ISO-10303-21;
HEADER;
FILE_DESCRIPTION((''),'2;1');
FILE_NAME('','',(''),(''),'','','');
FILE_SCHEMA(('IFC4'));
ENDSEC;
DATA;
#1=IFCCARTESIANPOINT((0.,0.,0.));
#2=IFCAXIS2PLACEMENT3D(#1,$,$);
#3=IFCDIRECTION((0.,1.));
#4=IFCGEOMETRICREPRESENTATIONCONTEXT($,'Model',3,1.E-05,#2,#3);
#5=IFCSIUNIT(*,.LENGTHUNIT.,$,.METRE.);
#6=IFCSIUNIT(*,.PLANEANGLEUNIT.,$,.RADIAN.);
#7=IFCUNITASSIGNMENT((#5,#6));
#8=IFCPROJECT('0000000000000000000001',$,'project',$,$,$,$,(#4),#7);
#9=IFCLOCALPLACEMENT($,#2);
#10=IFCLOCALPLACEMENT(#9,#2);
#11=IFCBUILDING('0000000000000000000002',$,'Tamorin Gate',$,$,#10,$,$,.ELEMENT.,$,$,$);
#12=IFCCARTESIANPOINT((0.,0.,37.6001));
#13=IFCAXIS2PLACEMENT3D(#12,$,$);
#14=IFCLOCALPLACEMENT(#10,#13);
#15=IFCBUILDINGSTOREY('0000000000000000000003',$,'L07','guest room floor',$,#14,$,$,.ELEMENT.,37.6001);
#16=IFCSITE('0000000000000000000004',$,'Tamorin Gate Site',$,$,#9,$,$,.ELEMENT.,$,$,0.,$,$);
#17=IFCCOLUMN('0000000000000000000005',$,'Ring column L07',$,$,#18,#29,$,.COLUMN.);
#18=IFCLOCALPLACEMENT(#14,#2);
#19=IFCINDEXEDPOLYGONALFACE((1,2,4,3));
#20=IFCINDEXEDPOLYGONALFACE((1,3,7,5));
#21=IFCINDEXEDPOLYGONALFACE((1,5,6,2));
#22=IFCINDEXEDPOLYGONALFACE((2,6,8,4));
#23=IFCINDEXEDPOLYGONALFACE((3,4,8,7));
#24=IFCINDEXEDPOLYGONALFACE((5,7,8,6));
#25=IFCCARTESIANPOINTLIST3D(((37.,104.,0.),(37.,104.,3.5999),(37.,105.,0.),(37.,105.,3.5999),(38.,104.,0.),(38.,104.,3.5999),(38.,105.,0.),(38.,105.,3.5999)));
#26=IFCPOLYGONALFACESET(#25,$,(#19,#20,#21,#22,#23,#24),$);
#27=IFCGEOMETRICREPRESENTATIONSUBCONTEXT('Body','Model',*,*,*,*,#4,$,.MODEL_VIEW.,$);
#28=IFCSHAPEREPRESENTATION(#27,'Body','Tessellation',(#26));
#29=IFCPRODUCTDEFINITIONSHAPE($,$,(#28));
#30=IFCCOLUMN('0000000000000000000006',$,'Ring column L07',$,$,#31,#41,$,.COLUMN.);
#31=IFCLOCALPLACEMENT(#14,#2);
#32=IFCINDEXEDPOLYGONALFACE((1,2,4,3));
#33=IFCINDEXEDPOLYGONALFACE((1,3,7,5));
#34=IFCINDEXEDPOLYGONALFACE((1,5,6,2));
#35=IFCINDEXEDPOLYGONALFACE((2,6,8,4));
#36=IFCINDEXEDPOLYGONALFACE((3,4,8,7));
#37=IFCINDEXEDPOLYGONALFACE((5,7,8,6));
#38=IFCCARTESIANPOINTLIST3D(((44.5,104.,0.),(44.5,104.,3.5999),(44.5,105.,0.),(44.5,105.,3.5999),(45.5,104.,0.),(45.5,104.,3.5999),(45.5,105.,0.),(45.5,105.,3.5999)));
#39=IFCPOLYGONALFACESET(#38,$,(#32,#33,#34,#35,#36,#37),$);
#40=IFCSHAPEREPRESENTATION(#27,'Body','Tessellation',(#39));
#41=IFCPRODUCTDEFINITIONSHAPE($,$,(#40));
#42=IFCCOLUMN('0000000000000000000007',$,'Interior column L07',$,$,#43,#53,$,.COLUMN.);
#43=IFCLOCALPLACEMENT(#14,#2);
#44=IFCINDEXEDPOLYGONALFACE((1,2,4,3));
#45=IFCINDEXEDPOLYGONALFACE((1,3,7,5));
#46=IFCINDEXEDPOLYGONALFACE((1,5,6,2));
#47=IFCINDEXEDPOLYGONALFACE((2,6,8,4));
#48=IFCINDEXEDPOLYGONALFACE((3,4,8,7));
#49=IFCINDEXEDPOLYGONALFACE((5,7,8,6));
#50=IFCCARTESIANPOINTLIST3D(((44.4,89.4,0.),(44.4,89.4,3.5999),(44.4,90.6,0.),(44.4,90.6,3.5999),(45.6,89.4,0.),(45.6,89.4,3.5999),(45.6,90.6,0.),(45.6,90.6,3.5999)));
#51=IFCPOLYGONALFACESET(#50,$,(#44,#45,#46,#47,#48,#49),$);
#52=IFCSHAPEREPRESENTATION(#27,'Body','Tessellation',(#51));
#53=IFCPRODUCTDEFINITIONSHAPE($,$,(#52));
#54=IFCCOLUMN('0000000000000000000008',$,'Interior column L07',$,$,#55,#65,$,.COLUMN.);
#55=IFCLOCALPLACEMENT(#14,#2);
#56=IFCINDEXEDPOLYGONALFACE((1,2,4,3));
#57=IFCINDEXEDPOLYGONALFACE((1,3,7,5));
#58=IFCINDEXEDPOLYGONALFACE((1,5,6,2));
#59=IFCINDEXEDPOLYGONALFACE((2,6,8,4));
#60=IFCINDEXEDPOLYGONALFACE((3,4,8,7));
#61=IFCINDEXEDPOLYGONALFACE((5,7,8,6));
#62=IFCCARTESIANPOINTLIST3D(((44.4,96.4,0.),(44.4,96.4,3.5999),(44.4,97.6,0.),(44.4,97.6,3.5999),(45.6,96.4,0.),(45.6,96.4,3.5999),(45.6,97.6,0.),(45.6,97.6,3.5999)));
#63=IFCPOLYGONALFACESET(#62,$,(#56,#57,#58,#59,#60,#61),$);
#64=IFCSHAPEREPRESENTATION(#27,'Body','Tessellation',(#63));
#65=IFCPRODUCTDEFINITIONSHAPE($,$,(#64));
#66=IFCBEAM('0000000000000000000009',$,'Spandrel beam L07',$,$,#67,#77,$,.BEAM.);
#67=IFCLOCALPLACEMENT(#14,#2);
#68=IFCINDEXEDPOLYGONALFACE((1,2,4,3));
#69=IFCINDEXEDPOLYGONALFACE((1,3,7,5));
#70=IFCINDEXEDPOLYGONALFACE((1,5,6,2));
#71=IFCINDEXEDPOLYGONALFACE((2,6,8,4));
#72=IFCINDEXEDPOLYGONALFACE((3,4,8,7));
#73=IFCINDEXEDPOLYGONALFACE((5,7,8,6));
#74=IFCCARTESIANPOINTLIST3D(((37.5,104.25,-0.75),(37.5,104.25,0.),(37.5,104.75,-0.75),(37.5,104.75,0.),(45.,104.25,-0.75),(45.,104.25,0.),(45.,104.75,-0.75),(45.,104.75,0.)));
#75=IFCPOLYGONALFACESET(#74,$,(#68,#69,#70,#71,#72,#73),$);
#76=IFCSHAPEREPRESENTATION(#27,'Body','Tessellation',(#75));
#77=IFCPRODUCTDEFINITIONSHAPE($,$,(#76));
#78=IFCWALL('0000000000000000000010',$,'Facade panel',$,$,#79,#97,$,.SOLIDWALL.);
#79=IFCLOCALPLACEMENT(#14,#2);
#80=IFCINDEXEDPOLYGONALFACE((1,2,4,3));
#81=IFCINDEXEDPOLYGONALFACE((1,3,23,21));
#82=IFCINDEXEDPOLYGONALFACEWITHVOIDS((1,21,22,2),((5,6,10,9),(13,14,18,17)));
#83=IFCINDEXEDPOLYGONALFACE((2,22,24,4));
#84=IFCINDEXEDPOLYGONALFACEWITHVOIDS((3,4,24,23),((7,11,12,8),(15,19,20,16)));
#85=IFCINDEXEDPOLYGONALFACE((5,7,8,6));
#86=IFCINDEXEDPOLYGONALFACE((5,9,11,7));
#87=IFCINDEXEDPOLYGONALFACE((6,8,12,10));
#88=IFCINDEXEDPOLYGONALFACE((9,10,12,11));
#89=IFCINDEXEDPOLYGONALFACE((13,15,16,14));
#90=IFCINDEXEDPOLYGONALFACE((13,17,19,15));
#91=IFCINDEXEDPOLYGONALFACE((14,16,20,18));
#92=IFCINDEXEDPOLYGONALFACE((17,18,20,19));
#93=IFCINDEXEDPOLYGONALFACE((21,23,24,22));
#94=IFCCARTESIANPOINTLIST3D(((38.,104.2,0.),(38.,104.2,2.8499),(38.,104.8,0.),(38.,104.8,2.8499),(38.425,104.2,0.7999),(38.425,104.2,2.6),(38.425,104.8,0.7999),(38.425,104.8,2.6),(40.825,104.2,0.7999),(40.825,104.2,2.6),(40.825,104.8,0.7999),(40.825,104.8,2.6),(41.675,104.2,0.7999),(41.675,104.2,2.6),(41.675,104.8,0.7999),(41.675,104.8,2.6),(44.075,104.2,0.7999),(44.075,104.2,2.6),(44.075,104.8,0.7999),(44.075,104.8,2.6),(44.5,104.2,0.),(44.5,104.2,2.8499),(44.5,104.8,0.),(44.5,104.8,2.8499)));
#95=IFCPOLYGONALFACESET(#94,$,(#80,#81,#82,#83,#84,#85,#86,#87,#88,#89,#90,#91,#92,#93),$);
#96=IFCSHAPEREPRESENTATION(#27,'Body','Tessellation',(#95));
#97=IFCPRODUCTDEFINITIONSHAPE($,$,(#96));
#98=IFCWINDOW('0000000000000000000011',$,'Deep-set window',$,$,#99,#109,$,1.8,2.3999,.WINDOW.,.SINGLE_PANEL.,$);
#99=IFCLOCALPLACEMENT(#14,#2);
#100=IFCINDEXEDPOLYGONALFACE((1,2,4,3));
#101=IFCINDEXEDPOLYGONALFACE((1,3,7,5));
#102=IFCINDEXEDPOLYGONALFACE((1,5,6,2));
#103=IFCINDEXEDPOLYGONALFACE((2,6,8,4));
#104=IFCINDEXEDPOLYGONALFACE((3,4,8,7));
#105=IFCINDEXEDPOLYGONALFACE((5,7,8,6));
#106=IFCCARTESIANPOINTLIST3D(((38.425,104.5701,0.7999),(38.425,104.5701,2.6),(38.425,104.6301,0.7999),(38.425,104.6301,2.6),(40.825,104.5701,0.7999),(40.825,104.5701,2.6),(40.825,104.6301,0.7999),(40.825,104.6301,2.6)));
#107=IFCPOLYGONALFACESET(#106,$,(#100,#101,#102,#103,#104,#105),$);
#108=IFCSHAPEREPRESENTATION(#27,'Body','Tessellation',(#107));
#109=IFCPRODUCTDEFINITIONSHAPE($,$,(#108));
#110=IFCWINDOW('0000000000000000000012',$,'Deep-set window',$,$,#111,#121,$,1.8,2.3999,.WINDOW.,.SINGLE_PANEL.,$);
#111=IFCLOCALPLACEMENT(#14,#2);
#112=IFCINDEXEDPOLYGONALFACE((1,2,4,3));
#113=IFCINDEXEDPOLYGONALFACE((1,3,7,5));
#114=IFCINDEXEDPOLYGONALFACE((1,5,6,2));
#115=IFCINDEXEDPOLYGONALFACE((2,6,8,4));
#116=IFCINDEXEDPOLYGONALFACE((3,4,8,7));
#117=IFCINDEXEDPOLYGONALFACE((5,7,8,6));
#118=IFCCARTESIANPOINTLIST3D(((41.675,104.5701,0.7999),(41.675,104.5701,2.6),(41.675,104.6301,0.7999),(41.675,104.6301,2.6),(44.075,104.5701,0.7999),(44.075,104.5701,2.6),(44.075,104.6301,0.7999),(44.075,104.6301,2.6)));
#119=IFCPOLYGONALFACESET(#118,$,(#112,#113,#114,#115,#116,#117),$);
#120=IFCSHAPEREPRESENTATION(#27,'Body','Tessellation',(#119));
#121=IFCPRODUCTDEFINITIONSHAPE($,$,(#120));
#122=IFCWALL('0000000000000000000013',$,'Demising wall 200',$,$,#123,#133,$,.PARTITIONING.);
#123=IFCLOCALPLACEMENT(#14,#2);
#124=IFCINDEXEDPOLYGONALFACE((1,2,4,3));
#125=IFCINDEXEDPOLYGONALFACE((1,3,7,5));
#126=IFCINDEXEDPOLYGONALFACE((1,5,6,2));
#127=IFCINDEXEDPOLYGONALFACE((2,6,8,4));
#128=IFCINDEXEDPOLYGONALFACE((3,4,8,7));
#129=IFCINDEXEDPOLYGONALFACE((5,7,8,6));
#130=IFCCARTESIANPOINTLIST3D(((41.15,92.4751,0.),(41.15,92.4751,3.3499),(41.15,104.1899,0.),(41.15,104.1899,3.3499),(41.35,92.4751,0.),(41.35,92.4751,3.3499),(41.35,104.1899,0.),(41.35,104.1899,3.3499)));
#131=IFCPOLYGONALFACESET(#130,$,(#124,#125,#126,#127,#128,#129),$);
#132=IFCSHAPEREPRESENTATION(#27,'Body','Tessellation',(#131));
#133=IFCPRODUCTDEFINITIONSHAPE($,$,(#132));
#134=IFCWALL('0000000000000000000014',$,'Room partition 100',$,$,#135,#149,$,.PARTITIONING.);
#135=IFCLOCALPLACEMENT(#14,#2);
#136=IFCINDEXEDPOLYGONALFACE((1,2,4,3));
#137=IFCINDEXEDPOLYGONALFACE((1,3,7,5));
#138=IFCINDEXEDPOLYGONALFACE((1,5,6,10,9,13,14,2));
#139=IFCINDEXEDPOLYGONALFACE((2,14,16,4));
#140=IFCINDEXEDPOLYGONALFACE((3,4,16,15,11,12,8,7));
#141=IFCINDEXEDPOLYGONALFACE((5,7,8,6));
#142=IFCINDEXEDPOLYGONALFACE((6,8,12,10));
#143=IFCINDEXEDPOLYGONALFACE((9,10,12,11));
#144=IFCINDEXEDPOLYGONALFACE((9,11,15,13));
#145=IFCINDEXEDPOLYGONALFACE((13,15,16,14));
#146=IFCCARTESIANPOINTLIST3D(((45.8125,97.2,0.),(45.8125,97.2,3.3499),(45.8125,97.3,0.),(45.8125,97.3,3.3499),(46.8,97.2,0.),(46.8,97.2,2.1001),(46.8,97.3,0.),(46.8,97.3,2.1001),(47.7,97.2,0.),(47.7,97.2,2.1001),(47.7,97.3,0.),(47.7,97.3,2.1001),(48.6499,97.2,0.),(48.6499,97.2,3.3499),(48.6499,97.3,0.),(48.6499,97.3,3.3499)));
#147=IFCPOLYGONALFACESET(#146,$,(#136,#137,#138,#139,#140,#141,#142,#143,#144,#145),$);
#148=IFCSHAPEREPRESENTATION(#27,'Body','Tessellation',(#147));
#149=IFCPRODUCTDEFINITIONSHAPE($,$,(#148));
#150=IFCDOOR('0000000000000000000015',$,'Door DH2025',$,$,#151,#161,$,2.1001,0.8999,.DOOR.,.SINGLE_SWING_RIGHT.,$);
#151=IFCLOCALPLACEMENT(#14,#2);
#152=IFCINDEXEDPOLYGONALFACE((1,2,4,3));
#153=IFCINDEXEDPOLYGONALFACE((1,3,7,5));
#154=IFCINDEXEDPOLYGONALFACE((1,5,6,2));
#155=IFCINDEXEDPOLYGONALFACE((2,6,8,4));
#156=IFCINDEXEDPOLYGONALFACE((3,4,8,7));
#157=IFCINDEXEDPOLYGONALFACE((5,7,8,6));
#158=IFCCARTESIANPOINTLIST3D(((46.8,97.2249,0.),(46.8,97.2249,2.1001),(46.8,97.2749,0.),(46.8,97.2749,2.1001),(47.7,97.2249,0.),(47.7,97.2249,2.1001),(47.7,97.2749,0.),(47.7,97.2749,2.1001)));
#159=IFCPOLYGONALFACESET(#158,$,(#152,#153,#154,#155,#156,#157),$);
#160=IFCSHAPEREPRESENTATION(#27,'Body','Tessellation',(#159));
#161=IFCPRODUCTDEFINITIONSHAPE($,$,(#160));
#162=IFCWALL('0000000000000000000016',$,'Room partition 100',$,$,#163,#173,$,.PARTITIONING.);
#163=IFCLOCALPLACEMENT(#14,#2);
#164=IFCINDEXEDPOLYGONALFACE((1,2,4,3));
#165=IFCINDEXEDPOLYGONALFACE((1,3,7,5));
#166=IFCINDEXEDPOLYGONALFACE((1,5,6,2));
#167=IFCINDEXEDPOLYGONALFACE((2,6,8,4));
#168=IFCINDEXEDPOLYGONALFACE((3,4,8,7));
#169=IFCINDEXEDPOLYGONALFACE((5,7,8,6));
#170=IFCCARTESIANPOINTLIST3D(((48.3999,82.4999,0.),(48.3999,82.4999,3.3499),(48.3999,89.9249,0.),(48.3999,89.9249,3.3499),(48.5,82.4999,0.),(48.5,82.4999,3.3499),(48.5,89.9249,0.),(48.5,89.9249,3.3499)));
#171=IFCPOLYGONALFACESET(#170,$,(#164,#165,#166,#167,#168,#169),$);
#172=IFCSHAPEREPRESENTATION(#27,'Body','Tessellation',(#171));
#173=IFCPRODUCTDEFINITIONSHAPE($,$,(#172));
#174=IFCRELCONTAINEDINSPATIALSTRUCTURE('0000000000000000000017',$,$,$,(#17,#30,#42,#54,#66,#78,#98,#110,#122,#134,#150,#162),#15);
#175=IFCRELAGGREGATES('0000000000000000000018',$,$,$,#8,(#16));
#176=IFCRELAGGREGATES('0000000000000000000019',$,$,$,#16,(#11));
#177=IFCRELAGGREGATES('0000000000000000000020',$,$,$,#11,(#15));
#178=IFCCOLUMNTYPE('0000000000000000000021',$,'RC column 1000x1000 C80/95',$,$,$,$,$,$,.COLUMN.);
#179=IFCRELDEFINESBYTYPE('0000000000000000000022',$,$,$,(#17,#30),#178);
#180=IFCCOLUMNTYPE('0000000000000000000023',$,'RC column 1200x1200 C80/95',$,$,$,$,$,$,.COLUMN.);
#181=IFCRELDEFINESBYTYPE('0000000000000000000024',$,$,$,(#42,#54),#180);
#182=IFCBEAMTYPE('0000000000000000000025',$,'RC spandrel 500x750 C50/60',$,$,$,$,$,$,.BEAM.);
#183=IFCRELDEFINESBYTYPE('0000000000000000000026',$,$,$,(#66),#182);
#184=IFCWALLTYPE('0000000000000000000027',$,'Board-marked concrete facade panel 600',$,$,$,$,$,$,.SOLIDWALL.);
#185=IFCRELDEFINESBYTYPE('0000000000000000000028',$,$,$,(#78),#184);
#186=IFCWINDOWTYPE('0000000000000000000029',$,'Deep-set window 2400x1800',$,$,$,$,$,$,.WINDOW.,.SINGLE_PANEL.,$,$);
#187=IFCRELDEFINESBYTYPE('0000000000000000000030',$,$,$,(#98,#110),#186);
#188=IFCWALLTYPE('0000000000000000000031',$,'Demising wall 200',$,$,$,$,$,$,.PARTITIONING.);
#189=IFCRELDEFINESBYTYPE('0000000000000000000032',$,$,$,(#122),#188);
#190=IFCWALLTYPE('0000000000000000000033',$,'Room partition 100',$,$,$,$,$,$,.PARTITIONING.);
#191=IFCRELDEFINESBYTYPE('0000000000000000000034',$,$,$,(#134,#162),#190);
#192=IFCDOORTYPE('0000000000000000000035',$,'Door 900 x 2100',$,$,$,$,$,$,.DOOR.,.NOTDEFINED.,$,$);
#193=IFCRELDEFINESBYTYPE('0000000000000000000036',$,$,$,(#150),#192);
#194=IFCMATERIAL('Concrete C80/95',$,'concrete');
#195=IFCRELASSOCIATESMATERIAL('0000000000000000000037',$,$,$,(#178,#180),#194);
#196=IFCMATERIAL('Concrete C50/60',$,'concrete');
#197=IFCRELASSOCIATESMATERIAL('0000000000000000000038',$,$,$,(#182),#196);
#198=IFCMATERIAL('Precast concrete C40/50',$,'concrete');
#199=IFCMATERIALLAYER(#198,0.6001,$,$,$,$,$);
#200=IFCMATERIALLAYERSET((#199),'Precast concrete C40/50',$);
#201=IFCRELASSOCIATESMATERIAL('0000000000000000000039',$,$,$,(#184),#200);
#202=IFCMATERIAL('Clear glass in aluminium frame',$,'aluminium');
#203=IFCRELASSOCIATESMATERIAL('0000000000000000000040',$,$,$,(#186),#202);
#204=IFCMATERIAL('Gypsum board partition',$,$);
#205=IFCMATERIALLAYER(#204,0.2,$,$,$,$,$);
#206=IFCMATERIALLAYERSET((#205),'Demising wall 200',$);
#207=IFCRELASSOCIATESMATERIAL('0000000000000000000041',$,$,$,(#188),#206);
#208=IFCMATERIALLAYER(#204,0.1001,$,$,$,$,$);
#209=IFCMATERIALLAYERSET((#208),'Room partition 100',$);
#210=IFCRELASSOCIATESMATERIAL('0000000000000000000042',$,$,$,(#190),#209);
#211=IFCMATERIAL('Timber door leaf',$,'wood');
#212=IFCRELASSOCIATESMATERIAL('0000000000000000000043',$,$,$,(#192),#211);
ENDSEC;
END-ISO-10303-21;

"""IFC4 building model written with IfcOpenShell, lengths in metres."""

from ifc_helpers import new_model, si_unit, direction, frame, frame_2d, origin, origin_2d, place, context, subcontext, project, spatial, rectangle, extrude, material, layer, layer_set, material_profile, profile_set, type_object, element, fill, save


model = new_model("IFC4")

# Units and contexts
model_context = context("Model", 3, precision=1e-05, world=origin(), true_north=direction((0.0, 1.0)))
body_context = subcontext(model_context, "Body", "Model", "MODEL_VIEW")
ifc_project = project(units=[si_unit("LENGTHUNIT", "METRE"), si_unit("PLANEANGLEUNIT", "RADIAN")], contexts=[model_context])

# Site, building, storey
site_placement = place(None, origin())
site = spatial("IfcSite", under=ifc_project, at=site_placement, Name="Tamorin Gate Site", CompositionType="ELEMENT", RefElevation=0.0)
building_placement = place(site_placement, origin())
building = spatial("IfcBuilding", under=site, at=building_placement, Name="Tamorin Gate", CompositionType="ELEMENT")
storey_placement = place(building_placement, frame((0.0, 0.0, 37.6001)))
storey = spatial("IfcBuildingStorey", under=building, at=storey_placement, Name="L07", Description="guest room floor", CompositionType="ELEMENT", Elevation=37.6001)

# Columns
ifc_material_1 = material(Name="Concrete C80/95", Category="concrete")
ifc_material_profile_1 = material_profile(ifc_material_1, rectangle(XDim=1.0, YDim=1.0, at=origin_2d()), Name="RC 1000x1000")
ifc_profile_set_1 = profile_set([ifc_material_profile_1], Name="Concrete C80/95")
column_type_1 = type_object("IfcColumnType", Name="RC column 1000x1000 C80/95", PredefinedType="COLUMN", material=ifc_profile_set_1)
for number, where, z_axis, x_axis, name in (
    (1, (37.5, 104.5, 0.0), (0.0, 0.0, 1.0), (1.0, 0.0, 0.0), "Ring column L07"),
    (2, (45.0, 104.5, 0.0), (0.0, 0.0, 1.0), (1.0, 0.0, 0.0), "Ring column L07"),
):
    element("IfcColumn", number, at=place(storey_placement, frame(where, z_axis=z_axis, x_axis=x_axis)), inside=storey, type_object=column_type_1, Name=name, PredefinedType="COLUMN", context=body_context, shape_type="SweptSolid", body=[
        extrude(rectangle(XDim=1.0, YDim=1.0, at=origin_2d()), origin(), (0.0, 0.0, 1.0), 3.5999),
    ])
ifc_material_profile_2 = material_profile(ifc_material_1, rectangle(XDim=1.2, YDim=1.2, at=origin_2d()), Name="RC 1200x1200")
ifc_profile_set_2 = profile_set([ifc_material_profile_2], Name="Concrete C80/95")
column_type_2 = type_object("IfcColumnType", Name="RC column 1200x1200 C80/95", PredefinedType="COLUMN", material=ifc_profile_set_2)
for number, where, z_axis, x_axis, name in (
    (3, (45.0, 90.0, 0.0), (0.0, 0.0, 1.0), (1.0, 0.0, 0.0), "Interior column L07"),
    (4, (45.0, 97.0, 0.0), (0.0, 0.0, 1.0), (1.0, 0.0, 0.0), "Interior column L07"),
):
    element("IfcColumn", number, at=place(storey_placement, frame(where, z_axis=z_axis, x_axis=x_axis)), inside=storey, type_object=column_type_2, Name=name, PredefinedType="COLUMN", context=body_context, shape_type="SweptSolid", body=[
        extrude(rectangle(XDim=1.2, YDim=1.2, at=origin_2d()), origin(), (0.0, 0.0, 1.0), 3.5999),
    ])

# Beam
ifc_material_2 = material(Name="Concrete C50/60", Category="concrete")
ifc_material_profile_3 = material_profile(ifc_material_2, rectangle(XDim=0.5, YDim=0.75, at=origin_2d()), Name="RC 500x750")
ifc_profile_set_3 = profile_set([ifc_material_profile_3], Name="Concrete C50/60")
beam_type = type_object("IfcBeamType", Name="RC spandrel 500x750 C50/60", PredefinedType="BEAM", material=ifc_profile_set_3)
beam_placement = place(storey_placement, frame((45.0, 104.5, -0.375), z_axis=(-1.0, 0.0, 0.0), x_axis=(0.0, -1.0, 0.0)))
element("IfcBeam", 5, at=beam_placement, inside=storey, type_object=beam_type, Name="Spandrel beam L07", PredefinedType="BEAM", context=body_context, shape_type="SweptSolid", body=[
    extrude(rectangle(XDim=0.5, YDim=0.75, at=origin_2d()), origin(), (0.0, 0.0, 1.0), 7.5),
])

# Wall, openings, windows
ifc_material_3 = material(Name="Precast concrete C40/50", Category="concrete")
ifc_layer_1 = layer(ifc_material_3, 0.6001)
ifc_layer_set_1 = layer_set([ifc_layer_1], Name="Precast concrete C40/50")
wall_type_1 = type_object("IfcWallType", Name="Board-marked concrete facade panel 600", PredefinedType="SOLIDWALL", material=ifc_layer_set_1)
wall_1_placement = place(storey_placement, frame((44.5, 104.5, 0.0), z_axis=(0.0, 0.0, 1.0), x_axis=(-1.0, 0.0, 0.0)))
wall_1 = element("IfcWall", 6, at=wall_1_placement, inside=storey, type_object=wall_type_1, Name="Facade panel", PredefinedType="SOLIDWALL", context=body_context, shape_type="SweptSolid", body=[
    extrude(rectangle(XDim=6.5, YDim=0.6001, at=frame_2d((3.25, 0.0))), origin(), (0.0, 0.0, 1.0), 2.8499),
])
opening_1_placement = place(wall_1_placement, frame((3.675, 0.0, 0.8)))
opening_1 = element("IfcOpeningElement", 7, at=opening_1_placement, cuts=wall_1, PredefinedType="OPENING", context=body_context, shape_type="SweptSolid", body=[
    extrude(rectangle(XDim=2.3999, YDim=1.8, at=frame_2d((1.2, 0.8999))), frame((0.0, 0.3101, 0.0), z_axis=(0.0, -1.0, 0.0), x_axis=(1.0, 0.0, 0.0)), (0.0, 0.0, 1.0), 0.6201),
])
opening_2_placement = place(wall_1_placement, frame((0.425, 0.0, 0.8)))
opening_2 = element("IfcOpeningElement", 8, at=opening_2_placement, cuts=wall_1, PredefinedType="OPENING", context=body_context, shape_type="SweptSolid", body=[
    extrude(rectangle(XDim=2.3999, YDim=1.8, at=frame_2d((1.2, 0.8999))), frame((0.0, 0.3101, 0.0), z_axis=(0.0, -1.0, 0.0), x_axis=(1.0, 0.0, 0.0)), (0.0, 0.0, 1.0), 0.6201),
])
ifc_material_4 = material(Name="Clear glass in aluminium frame", Category="aluminium")
window_type = type_object("IfcWindowType", Name="Deep-set window 2400x1800", PartitioningType="SINGLE_PANEL", PredefinedType="WINDOW", material=ifc_material_4)
window_1_placement = place(opening_1_placement, origin())
window_1 = element("IfcWindow", 9, at=window_1_placement, inside=storey, type_object=window_type, Name="Deep-set window", OverallHeight=1.8, OverallWidth=2.3999, PartitioningType="SINGLE_PANEL", PredefinedType="WINDOW", context=body_context, shape_type="SweptSolid", body=[
    extrude(rectangle(XDim=2.3999, YDim=1.8, at=frame_2d((1.2, 0.8999))), frame((0.0, -0.0701, 0.0), z_axis=(0.0, -1.0, 0.0), x_axis=(1.0, 0.0, 0.0)), (0.0, 0.0, 1.0), 0.0601),
])
fill(opening_1, window_1)
window_2_placement = place(opening_2_placement, origin())
window_2 = element("IfcWindow", 10, at=window_2_placement, inside=storey, type_object=window_type, Name="Deep-set window", OverallHeight=1.8, OverallWidth=2.3999, PartitioningType="SINGLE_PANEL", PredefinedType="WINDOW", context=body_context, shape_type="SweptSolid", body=[
    extrude(rectangle(XDim=2.3999, YDim=1.8, at=frame_2d((1.2, 0.8999))), frame((0.0, -0.0701, 0.0), z_axis=(0.0, -1.0, 0.0), x_axis=(1.0, 0.0, 0.0)), (0.0, 0.0, 1.0), 0.0601),
])
fill(opening_2, window_2)

# Wall
ifc_material_5 = material(Name="Gypsum board partition")
ifc_layer_2 = layer(ifc_material_5, 0.2)
ifc_layer_set_2 = layer_set([ifc_layer_2], Name="Demising wall 200")
wall_type_2 = type_object("IfcWallType", Name="Demising wall 200", PredefinedType="PARTITIONING", material=ifc_layer_set_2)
wall_2_placement = place(storey_placement, frame((41.25, 92.4751, 0.0), z_axis=(0.0, 0.0, 1.0), x_axis=(0.0, 1.0, 0.0)))
element("IfcWall", 11, at=wall_2_placement, inside=storey, type_object=wall_type_2, Name="Demising wall 200", PredefinedType="PARTITIONING", context=body_context, shape_type="SweptSolid", body=[
    extrude(rectangle(XDim=11.7148, YDim=0.2, at=frame_2d((5.8574, 0.0))), origin(), (0.0, 0.0, 1.0), 3.3499),
])

# Wall, opening, door
ifc_layer_3 = layer(ifc_material_5, 0.1001)
ifc_layer_set_3 = layer_set([ifc_layer_3], Name="Room partition 100")
wall_type_3 = type_object("IfcWallType", Name="Room partition 100", PredefinedType="PARTITIONING", material=ifc_layer_set_3)
wall_3_placement = place(storey_placement, frame((45.8125, 97.25, 0.0), z_axis=(0.0, 0.0, 1.0), x_axis=(1.0, 0.0, 0.0)))
wall_3 = element("IfcWall", 12, at=wall_3_placement, inside=storey, type_object=wall_type_3, Name="Room partition 100", PredefinedType="PARTITIONING", context=body_context, shape_type="SweptSolid", body=[
    extrude(rectangle(XDim=2.8374, YDim=0.1001, at=frame_2d((1.4187, 0.0))), origin(), (0.0, 0.0, 1.0), 3.3499),
])
opening_3_placement = place(wall_3_placement, frame((0.9875, 0.0, 0.0)))
opening_3 = element("IfcOpeningElement", 13, at=opening_3_placement, cuts=wall_3, PredefinedType="OPENING", context=body_context, shape_type="SweptSolid", body=[
    extrude(rectangle(XDim=0.8999, YDim=2.1001, at=frame_2d((0.45, 1.05))), frame((0.0, 0.0601, 0.0), z_axis=(0.0, -1.0, 0.0), x_axis=(1.0, 0.0, 0.0)), (0.0, 0.0, 1.0), 0.1201),
])
ifc_material_6 = material(Name="Timber door leaf", Category="wood")
door_type = type_object("IfcDoorType", Name="Door 900 x 2100", OperationType="NOTDEFINED", PredefinedType="DOOR", material=ifc_material_6)
door_1_placement = place(opening_3_placement, origin())
door_1 = element("IfcDoor", 14, at=door_1_placement, inside=storey, type_object=door_type, Name="Door DH2025", OperationType="SINGLE_SWING_RIGHT", OverallHeight=2.1001, OverallWidth=0.8999, PredefinedType="DOOR", context=body_context, shape_type="SweptSolid", body=[
    extrude(rectangle(XDim=0.8999, YDim=2.1001, at=frame_2d((0.45, 1.05))), frame((0.0, 0.0249, 0.0), z_axis=(0.0, -1.0, 0.0), x_axis=(1.0, 0.0, 0.0)), (0.0, 0.0, 1.0), 0.05),
])
fill(opening_3, door_1)

# Wall
wall_4_placement = place(storey_placement, frame((48.45, 82.5, 0.0), z_axis=(0.0, 0.0, 1.0), x_axis=(0.0, 1.0, 0.0)))
element("IfcWall", 15, at=wall_4_placement, inside=storey, type_object=wall_type_3, Name="Room partition 100", PredefinedType="PARTITIONING", context=body_context, shape_type="SweptSolid", body=[
    extrude(rectangle(XDim=7.425, YDim=0.1001, at=frame_2d((3.7124, 0.0))), origin(), (0.0, 0.0, 1.0), 3.3499),
])

save(model, "model.ifc")
